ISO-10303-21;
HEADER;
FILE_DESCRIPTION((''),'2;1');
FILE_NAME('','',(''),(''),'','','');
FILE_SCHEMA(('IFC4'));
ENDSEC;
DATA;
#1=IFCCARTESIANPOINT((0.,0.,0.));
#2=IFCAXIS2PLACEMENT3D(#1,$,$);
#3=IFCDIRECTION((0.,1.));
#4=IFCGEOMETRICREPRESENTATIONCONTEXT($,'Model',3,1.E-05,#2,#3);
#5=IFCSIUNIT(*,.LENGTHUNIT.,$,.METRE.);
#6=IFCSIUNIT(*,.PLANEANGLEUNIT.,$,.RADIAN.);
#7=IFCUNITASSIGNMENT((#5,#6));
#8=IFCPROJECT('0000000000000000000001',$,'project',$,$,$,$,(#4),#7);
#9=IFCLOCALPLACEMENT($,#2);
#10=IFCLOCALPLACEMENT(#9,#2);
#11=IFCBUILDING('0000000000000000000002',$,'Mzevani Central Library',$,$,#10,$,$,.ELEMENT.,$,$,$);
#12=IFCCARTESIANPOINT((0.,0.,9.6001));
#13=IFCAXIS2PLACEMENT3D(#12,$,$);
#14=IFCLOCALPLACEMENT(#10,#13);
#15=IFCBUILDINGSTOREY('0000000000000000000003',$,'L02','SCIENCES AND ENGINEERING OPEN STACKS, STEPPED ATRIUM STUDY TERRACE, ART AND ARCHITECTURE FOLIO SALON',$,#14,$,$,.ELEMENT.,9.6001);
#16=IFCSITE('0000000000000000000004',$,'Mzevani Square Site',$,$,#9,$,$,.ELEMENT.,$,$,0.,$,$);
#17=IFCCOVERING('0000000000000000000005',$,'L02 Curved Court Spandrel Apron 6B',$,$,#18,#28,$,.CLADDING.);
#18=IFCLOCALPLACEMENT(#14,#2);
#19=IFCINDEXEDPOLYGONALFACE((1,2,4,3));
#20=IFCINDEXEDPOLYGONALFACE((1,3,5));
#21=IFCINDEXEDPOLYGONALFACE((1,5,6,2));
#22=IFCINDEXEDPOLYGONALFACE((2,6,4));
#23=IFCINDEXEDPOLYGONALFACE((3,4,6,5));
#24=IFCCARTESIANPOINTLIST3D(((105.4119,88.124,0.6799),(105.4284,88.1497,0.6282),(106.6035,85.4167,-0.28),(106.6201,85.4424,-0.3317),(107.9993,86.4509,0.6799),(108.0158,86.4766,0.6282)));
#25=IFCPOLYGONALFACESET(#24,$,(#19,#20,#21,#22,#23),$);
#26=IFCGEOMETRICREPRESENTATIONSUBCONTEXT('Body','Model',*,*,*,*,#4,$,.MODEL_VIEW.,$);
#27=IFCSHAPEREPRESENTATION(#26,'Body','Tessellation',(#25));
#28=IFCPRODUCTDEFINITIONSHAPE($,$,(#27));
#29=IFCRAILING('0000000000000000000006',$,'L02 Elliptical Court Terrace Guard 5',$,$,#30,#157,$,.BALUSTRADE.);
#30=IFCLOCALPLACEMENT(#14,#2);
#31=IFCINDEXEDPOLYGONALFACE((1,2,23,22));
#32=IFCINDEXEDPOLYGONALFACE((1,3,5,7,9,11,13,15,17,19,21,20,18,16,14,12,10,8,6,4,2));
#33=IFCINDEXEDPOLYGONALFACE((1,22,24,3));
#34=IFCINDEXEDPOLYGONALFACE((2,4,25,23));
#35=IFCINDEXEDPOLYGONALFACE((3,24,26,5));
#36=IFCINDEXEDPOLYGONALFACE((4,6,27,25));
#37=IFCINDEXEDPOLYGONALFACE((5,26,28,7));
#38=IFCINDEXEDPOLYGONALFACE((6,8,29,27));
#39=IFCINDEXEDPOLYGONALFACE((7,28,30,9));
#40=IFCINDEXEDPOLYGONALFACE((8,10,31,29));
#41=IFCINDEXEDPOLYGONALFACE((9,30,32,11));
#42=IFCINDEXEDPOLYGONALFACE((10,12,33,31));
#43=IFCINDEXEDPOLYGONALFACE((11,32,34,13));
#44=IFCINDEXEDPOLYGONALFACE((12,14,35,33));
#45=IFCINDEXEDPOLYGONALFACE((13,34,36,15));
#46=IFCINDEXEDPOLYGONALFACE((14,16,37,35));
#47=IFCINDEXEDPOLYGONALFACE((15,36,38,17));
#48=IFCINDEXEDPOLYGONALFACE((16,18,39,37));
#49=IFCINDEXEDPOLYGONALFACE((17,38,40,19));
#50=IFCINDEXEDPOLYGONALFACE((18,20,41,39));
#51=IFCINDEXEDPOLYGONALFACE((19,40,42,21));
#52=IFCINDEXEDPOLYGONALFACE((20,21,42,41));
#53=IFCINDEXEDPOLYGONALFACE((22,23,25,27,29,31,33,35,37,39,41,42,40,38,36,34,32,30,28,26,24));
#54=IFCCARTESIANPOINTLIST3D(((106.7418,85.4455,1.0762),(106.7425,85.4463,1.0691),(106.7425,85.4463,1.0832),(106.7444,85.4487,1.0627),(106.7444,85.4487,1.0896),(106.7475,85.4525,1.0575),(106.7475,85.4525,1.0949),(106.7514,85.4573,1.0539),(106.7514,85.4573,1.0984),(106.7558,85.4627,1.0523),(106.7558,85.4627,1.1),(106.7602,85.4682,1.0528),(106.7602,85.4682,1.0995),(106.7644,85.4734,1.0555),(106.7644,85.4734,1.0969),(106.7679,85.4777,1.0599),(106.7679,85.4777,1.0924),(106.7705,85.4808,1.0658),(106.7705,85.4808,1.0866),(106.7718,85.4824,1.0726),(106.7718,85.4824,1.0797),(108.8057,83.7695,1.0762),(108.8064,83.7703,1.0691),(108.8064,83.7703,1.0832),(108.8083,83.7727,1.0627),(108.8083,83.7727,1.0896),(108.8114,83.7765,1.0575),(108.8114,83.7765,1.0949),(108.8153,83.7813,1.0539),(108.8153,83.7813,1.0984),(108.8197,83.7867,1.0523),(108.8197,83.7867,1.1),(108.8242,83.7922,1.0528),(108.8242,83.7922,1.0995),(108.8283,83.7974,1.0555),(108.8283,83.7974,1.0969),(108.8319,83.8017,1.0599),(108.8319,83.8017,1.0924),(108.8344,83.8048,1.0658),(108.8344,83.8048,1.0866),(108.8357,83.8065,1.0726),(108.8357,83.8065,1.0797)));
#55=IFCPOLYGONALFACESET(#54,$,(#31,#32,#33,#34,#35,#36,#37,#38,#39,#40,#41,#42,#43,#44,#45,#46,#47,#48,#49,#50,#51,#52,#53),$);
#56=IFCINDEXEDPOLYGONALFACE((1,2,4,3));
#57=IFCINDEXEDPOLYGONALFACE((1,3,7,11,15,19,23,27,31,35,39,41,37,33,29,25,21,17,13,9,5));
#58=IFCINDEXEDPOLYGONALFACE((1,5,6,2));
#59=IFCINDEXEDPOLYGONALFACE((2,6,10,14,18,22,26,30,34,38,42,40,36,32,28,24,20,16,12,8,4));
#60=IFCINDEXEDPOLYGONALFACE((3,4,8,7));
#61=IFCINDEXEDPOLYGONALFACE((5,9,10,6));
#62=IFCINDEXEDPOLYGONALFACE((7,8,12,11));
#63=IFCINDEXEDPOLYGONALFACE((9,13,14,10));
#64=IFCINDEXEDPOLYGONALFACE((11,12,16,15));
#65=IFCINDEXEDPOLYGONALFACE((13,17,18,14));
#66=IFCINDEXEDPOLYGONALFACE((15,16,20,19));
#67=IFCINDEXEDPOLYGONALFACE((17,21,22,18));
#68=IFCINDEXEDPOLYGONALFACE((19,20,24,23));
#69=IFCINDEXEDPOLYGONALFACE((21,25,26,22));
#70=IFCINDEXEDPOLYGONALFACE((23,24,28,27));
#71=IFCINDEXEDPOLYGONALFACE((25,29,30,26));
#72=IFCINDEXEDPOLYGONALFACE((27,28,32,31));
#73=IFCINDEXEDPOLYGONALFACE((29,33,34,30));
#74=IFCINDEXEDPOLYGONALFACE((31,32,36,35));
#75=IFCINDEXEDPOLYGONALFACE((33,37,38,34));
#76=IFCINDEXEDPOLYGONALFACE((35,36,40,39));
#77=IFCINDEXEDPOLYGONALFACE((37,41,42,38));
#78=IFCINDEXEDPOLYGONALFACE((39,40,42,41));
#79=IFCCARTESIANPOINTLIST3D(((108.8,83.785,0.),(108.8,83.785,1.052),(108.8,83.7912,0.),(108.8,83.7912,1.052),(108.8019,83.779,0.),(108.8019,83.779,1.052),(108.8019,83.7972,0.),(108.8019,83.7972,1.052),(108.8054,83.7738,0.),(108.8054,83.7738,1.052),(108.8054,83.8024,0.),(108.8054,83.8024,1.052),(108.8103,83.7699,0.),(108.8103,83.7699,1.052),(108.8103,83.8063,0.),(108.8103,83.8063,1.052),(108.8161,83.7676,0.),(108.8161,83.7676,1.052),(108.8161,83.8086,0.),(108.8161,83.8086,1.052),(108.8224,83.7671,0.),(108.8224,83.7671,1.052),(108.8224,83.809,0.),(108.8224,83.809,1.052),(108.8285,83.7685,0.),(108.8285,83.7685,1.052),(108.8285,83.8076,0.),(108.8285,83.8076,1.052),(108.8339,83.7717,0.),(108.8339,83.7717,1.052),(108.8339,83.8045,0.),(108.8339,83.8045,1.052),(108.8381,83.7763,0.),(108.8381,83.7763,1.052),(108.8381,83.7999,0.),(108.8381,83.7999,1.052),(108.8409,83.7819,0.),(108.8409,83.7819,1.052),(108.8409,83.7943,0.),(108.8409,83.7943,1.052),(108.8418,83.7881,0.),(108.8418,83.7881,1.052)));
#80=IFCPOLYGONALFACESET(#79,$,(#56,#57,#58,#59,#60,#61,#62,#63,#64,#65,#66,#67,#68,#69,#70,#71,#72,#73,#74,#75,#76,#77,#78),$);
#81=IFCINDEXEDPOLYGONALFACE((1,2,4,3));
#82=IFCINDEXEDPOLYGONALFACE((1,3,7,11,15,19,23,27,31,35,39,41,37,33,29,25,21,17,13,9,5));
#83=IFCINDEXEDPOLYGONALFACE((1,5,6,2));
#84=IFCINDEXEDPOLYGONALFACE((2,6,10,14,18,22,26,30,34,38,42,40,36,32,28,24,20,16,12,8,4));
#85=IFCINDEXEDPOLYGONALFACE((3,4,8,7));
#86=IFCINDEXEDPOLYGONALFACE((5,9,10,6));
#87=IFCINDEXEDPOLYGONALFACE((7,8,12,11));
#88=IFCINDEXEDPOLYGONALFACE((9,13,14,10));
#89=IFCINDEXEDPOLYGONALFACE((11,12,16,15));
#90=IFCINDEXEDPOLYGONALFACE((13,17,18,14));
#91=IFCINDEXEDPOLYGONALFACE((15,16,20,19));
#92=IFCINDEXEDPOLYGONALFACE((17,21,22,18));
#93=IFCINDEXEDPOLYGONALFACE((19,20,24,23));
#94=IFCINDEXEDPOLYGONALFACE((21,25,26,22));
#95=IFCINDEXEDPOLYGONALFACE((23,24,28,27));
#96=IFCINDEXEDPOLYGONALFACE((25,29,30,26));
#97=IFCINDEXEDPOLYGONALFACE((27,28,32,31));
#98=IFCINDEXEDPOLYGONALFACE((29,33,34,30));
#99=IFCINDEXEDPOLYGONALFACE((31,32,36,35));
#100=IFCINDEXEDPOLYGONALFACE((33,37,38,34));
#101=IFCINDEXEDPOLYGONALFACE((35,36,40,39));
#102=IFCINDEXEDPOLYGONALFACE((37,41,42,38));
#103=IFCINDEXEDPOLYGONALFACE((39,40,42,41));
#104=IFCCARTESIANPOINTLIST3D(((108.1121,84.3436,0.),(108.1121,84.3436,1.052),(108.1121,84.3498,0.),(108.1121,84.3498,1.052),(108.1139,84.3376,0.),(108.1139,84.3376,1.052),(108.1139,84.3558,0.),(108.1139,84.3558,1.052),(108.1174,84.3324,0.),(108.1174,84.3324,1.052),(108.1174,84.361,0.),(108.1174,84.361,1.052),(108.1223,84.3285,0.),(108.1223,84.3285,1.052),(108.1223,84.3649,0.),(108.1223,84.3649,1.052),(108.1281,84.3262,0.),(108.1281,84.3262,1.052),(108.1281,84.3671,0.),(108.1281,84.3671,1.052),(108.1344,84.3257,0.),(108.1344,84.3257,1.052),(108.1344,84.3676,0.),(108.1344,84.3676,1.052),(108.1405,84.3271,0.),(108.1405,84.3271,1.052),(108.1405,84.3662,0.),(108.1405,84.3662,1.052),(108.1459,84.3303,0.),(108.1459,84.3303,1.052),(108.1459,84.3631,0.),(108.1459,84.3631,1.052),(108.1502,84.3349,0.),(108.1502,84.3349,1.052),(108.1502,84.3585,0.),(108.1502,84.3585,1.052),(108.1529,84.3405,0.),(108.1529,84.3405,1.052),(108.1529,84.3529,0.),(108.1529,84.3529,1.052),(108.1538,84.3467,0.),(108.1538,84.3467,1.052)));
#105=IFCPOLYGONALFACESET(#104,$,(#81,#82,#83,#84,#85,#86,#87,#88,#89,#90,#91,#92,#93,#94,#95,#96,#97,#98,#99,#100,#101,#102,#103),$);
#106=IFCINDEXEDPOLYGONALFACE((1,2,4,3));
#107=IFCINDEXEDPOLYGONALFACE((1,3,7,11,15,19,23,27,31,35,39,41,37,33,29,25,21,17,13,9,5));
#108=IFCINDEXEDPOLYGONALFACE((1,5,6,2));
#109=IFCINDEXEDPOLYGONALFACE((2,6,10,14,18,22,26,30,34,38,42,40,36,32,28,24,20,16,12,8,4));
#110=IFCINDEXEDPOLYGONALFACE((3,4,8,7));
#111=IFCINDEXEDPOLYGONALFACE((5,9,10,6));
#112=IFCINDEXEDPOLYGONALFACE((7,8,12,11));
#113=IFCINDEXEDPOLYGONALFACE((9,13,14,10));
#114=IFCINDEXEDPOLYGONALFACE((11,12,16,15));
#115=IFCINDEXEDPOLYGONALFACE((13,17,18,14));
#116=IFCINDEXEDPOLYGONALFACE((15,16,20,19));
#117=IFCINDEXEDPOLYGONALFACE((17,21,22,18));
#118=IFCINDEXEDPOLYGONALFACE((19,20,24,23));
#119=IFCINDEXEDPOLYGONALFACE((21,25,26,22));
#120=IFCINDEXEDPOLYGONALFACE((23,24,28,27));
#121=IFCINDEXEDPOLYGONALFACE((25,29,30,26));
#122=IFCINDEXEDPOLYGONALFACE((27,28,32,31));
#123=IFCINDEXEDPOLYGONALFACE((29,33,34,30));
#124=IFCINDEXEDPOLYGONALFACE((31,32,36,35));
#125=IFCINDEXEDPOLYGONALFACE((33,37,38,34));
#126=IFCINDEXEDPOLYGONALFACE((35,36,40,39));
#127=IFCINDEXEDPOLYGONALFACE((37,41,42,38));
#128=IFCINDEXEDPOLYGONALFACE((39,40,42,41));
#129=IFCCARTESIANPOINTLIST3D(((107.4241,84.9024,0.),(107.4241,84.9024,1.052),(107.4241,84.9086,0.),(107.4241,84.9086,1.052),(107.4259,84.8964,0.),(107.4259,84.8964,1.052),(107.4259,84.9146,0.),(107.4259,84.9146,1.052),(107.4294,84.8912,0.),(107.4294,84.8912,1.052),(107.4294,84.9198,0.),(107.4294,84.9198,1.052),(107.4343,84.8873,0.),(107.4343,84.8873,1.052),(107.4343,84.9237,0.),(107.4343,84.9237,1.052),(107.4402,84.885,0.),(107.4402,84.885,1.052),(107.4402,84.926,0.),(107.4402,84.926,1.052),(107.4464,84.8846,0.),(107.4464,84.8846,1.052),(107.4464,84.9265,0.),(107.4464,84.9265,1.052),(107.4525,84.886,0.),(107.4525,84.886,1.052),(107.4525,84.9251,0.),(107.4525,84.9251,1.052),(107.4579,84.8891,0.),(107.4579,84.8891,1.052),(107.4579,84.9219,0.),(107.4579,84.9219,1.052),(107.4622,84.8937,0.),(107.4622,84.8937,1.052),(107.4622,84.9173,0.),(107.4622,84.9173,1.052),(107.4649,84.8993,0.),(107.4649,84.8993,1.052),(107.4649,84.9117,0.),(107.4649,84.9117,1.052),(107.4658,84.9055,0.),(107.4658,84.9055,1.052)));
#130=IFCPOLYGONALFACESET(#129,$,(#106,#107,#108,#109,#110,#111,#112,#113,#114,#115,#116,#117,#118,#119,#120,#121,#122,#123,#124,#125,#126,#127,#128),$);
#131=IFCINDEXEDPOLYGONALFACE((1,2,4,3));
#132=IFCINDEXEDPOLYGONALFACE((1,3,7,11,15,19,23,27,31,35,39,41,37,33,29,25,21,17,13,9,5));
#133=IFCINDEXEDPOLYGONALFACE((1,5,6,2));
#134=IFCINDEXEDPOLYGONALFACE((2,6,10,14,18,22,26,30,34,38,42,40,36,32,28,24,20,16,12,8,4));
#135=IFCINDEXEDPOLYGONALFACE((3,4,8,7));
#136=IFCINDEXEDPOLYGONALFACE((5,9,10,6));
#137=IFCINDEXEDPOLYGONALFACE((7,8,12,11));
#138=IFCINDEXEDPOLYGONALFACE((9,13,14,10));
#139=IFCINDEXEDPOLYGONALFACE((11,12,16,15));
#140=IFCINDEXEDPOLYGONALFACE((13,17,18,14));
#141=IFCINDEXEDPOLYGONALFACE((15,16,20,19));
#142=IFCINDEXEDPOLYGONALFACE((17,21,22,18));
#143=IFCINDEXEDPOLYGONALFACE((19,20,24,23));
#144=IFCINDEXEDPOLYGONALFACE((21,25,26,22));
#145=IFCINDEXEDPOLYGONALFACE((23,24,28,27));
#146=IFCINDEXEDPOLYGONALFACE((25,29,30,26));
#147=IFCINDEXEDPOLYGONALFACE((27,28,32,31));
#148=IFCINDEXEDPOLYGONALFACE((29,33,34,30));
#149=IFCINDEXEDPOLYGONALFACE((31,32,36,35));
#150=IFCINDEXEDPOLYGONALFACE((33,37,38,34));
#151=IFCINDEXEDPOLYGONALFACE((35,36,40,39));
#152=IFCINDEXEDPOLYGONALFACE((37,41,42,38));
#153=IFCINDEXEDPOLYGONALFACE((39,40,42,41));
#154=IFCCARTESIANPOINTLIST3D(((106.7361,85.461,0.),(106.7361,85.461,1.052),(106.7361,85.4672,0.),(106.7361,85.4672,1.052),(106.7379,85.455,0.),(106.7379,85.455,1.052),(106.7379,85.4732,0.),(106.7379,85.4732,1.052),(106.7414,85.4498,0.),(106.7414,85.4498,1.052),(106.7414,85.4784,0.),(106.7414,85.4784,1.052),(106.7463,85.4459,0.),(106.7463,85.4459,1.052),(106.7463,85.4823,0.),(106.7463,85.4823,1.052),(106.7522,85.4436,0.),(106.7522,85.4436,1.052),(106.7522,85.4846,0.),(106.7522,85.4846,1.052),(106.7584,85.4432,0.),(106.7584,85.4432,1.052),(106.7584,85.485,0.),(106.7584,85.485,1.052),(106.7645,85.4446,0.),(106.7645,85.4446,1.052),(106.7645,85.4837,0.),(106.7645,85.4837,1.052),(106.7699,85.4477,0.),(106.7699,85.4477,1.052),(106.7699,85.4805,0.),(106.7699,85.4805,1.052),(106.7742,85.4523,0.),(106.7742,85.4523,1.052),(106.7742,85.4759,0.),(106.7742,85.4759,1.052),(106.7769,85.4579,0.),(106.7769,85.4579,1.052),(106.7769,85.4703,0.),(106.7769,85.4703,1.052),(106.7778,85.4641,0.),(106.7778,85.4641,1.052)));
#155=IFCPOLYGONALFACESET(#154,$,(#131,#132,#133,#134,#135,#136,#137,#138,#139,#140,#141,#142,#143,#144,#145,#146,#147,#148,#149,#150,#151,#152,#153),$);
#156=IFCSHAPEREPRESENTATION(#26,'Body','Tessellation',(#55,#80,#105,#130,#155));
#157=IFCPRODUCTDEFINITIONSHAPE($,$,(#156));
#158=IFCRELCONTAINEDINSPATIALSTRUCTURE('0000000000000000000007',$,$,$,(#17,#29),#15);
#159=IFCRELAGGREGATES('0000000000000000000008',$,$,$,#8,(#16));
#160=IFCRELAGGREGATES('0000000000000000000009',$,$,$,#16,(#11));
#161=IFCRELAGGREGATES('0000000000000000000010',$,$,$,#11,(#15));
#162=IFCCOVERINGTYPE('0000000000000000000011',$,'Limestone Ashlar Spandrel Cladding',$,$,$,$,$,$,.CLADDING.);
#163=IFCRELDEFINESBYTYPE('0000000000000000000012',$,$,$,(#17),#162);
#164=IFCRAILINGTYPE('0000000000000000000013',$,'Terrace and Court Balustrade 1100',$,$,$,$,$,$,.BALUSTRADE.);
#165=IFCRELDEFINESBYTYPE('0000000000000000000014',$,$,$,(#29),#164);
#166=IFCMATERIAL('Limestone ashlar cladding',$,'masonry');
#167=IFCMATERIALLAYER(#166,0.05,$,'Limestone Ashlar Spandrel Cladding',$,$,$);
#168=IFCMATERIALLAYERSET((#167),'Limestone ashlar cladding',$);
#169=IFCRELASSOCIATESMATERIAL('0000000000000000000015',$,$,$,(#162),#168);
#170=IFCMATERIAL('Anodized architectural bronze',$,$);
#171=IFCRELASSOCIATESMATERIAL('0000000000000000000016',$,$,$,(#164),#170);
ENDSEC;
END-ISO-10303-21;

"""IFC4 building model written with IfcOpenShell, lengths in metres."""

from ifc_helpers import new_model, si_unit, direction, frame, origin, origin_2d, place, context, subcontext, project, spatial, polyline, circle, outline, extrude, material, layer, layer_set, type_object, element, save


model = new_model("IFC4")

# Units and contexts
model_context = context("Model", 3, precision=1e-05, world=origin(), true_north=direction((0.0, 1.0)))
body_context = subcontext(model_context, "Body", "Model", "MODEL_VIEW")
ifc_project = project(units=[si_unit("LENGTHUNIT", "METRE"), si_unit("PLANEANGLEUNIT", "RADIAN")], contexts=[model_context])

# Site, building, storey
site_placement = place(None, origin())
site = spatial("IfcSite", under=ifc_project, at=site_placement, Name="Mzevani Square Site", CompositionType="ELEMENT", RefElevation=0.0)
building_placement = place(site_placement, origin())
building = spatial("IfcBuilding", under=site, at=building_placement, Name="Mzevani Central Library", CompositionType="ELEMENT")
storey_placement = place(building_placement, frame((0.0, 0.0, 9.6001)))
storey = spatial("IfcBuildingStorey", under=building, at=storey_placement, Name="L02", Description="SCIENCES AND ENGINEERING OPEN STACKS, STEPPED ATRIUM STUDY TERRACE, ART AND ARCHITECTURE FOLIO SALON", CompositionType="ELEMENT", Elevation=9.6001)

# Covering
ifc_material_1 = material(Name="Limestone ashlar cladding", Category="masonry")
ifc_layer_1 = layer(ifc_material_1, 0.05, Name="Limestone Ashlar Spandrel Cladding")
ifc_layer_set_1 = layer_set([ifc_layer_1], Name="Limestone ashlar cladding")
covering_type = type_object("IfcCoveringType", Name="Limestone Ashlar Spandrel Cladding", PredefinedType="CLADDING", material=ifc_layer_set_1)
covering_1_placement = place(storey_placement, frame((106.6035, 85.4167, -0.28), z_axis=(-0.276015, -0.426851, 0.86117), x_axis=(-0.383191, 0.870561, 0.308688)))
element("IfcCovering", 1, at=covering_1_placement, inside=storey, type_object=covering_type, Name="L02 Curved Court Spandrel Apron 6B", PredefinedType="CLADDING", context=body_context, shape_type="SweptSolid", body=[
    extrude(outline(polyline([(0.0, 0.0), (3.1098, 0.0), (0.6618, -1.8711), (0.0, 0.0)])), origin(), (0.0, 0.0, -1.0), 0.0601),
])

# Railing
ifc_material_2 = material(Name="Anodized architectural bronze")
railing_type = type_object("IfcRailingType", Name="Terrace and Court Balustrade 1100", PredefinedType="BALUSTRADE", material=ifc_material_2)
railing_1_placement = place(storey_placement, frame((108.8208, 83.7881, 0.0)))
element("IfcRailing", 2, at=railing_1_placement, inside=storey, type_object=railing_type, Name="L02 Elliptical Court Terrace Guard 5", PredefinedType="BALUSTRADE", context=body_context, shape_type="SweptSolid", body=[
    extrude(circle(Radius=0.0239, at=origin_2d()), frame((0.0, 0.0, 1.0762), z_axis=(-0.776288, 0.630378, 0.0), x_axis=(-0.630378, -0.776288, 0.0)), (0.0, 0.0, 1.0), 2.6587),
    extrude(circle(Radius=0.021, at=origin_2d()), origin(), (0.0, 0.0, 1.0), 1.052),
    extrude(circle(Radius=0.021, at=origin_2d()), frame((-0.688, 0.5586, 0.0)), (0.0, 0.0, 1.0), 1.052),
    extrude(circle(Radius=0.021, at=origin_2d()), frame((-1.376, 1.1174, 0.0)), (0.0, 0.0, 1.0), 1.052),
    extrude(circle(Radius=0.021, at=origin_2d()), frame((-2.064, 1.676, 0.0)), (0.0, 0.0, 1.0), 1.052),
])

save(model, "model.ifc")
